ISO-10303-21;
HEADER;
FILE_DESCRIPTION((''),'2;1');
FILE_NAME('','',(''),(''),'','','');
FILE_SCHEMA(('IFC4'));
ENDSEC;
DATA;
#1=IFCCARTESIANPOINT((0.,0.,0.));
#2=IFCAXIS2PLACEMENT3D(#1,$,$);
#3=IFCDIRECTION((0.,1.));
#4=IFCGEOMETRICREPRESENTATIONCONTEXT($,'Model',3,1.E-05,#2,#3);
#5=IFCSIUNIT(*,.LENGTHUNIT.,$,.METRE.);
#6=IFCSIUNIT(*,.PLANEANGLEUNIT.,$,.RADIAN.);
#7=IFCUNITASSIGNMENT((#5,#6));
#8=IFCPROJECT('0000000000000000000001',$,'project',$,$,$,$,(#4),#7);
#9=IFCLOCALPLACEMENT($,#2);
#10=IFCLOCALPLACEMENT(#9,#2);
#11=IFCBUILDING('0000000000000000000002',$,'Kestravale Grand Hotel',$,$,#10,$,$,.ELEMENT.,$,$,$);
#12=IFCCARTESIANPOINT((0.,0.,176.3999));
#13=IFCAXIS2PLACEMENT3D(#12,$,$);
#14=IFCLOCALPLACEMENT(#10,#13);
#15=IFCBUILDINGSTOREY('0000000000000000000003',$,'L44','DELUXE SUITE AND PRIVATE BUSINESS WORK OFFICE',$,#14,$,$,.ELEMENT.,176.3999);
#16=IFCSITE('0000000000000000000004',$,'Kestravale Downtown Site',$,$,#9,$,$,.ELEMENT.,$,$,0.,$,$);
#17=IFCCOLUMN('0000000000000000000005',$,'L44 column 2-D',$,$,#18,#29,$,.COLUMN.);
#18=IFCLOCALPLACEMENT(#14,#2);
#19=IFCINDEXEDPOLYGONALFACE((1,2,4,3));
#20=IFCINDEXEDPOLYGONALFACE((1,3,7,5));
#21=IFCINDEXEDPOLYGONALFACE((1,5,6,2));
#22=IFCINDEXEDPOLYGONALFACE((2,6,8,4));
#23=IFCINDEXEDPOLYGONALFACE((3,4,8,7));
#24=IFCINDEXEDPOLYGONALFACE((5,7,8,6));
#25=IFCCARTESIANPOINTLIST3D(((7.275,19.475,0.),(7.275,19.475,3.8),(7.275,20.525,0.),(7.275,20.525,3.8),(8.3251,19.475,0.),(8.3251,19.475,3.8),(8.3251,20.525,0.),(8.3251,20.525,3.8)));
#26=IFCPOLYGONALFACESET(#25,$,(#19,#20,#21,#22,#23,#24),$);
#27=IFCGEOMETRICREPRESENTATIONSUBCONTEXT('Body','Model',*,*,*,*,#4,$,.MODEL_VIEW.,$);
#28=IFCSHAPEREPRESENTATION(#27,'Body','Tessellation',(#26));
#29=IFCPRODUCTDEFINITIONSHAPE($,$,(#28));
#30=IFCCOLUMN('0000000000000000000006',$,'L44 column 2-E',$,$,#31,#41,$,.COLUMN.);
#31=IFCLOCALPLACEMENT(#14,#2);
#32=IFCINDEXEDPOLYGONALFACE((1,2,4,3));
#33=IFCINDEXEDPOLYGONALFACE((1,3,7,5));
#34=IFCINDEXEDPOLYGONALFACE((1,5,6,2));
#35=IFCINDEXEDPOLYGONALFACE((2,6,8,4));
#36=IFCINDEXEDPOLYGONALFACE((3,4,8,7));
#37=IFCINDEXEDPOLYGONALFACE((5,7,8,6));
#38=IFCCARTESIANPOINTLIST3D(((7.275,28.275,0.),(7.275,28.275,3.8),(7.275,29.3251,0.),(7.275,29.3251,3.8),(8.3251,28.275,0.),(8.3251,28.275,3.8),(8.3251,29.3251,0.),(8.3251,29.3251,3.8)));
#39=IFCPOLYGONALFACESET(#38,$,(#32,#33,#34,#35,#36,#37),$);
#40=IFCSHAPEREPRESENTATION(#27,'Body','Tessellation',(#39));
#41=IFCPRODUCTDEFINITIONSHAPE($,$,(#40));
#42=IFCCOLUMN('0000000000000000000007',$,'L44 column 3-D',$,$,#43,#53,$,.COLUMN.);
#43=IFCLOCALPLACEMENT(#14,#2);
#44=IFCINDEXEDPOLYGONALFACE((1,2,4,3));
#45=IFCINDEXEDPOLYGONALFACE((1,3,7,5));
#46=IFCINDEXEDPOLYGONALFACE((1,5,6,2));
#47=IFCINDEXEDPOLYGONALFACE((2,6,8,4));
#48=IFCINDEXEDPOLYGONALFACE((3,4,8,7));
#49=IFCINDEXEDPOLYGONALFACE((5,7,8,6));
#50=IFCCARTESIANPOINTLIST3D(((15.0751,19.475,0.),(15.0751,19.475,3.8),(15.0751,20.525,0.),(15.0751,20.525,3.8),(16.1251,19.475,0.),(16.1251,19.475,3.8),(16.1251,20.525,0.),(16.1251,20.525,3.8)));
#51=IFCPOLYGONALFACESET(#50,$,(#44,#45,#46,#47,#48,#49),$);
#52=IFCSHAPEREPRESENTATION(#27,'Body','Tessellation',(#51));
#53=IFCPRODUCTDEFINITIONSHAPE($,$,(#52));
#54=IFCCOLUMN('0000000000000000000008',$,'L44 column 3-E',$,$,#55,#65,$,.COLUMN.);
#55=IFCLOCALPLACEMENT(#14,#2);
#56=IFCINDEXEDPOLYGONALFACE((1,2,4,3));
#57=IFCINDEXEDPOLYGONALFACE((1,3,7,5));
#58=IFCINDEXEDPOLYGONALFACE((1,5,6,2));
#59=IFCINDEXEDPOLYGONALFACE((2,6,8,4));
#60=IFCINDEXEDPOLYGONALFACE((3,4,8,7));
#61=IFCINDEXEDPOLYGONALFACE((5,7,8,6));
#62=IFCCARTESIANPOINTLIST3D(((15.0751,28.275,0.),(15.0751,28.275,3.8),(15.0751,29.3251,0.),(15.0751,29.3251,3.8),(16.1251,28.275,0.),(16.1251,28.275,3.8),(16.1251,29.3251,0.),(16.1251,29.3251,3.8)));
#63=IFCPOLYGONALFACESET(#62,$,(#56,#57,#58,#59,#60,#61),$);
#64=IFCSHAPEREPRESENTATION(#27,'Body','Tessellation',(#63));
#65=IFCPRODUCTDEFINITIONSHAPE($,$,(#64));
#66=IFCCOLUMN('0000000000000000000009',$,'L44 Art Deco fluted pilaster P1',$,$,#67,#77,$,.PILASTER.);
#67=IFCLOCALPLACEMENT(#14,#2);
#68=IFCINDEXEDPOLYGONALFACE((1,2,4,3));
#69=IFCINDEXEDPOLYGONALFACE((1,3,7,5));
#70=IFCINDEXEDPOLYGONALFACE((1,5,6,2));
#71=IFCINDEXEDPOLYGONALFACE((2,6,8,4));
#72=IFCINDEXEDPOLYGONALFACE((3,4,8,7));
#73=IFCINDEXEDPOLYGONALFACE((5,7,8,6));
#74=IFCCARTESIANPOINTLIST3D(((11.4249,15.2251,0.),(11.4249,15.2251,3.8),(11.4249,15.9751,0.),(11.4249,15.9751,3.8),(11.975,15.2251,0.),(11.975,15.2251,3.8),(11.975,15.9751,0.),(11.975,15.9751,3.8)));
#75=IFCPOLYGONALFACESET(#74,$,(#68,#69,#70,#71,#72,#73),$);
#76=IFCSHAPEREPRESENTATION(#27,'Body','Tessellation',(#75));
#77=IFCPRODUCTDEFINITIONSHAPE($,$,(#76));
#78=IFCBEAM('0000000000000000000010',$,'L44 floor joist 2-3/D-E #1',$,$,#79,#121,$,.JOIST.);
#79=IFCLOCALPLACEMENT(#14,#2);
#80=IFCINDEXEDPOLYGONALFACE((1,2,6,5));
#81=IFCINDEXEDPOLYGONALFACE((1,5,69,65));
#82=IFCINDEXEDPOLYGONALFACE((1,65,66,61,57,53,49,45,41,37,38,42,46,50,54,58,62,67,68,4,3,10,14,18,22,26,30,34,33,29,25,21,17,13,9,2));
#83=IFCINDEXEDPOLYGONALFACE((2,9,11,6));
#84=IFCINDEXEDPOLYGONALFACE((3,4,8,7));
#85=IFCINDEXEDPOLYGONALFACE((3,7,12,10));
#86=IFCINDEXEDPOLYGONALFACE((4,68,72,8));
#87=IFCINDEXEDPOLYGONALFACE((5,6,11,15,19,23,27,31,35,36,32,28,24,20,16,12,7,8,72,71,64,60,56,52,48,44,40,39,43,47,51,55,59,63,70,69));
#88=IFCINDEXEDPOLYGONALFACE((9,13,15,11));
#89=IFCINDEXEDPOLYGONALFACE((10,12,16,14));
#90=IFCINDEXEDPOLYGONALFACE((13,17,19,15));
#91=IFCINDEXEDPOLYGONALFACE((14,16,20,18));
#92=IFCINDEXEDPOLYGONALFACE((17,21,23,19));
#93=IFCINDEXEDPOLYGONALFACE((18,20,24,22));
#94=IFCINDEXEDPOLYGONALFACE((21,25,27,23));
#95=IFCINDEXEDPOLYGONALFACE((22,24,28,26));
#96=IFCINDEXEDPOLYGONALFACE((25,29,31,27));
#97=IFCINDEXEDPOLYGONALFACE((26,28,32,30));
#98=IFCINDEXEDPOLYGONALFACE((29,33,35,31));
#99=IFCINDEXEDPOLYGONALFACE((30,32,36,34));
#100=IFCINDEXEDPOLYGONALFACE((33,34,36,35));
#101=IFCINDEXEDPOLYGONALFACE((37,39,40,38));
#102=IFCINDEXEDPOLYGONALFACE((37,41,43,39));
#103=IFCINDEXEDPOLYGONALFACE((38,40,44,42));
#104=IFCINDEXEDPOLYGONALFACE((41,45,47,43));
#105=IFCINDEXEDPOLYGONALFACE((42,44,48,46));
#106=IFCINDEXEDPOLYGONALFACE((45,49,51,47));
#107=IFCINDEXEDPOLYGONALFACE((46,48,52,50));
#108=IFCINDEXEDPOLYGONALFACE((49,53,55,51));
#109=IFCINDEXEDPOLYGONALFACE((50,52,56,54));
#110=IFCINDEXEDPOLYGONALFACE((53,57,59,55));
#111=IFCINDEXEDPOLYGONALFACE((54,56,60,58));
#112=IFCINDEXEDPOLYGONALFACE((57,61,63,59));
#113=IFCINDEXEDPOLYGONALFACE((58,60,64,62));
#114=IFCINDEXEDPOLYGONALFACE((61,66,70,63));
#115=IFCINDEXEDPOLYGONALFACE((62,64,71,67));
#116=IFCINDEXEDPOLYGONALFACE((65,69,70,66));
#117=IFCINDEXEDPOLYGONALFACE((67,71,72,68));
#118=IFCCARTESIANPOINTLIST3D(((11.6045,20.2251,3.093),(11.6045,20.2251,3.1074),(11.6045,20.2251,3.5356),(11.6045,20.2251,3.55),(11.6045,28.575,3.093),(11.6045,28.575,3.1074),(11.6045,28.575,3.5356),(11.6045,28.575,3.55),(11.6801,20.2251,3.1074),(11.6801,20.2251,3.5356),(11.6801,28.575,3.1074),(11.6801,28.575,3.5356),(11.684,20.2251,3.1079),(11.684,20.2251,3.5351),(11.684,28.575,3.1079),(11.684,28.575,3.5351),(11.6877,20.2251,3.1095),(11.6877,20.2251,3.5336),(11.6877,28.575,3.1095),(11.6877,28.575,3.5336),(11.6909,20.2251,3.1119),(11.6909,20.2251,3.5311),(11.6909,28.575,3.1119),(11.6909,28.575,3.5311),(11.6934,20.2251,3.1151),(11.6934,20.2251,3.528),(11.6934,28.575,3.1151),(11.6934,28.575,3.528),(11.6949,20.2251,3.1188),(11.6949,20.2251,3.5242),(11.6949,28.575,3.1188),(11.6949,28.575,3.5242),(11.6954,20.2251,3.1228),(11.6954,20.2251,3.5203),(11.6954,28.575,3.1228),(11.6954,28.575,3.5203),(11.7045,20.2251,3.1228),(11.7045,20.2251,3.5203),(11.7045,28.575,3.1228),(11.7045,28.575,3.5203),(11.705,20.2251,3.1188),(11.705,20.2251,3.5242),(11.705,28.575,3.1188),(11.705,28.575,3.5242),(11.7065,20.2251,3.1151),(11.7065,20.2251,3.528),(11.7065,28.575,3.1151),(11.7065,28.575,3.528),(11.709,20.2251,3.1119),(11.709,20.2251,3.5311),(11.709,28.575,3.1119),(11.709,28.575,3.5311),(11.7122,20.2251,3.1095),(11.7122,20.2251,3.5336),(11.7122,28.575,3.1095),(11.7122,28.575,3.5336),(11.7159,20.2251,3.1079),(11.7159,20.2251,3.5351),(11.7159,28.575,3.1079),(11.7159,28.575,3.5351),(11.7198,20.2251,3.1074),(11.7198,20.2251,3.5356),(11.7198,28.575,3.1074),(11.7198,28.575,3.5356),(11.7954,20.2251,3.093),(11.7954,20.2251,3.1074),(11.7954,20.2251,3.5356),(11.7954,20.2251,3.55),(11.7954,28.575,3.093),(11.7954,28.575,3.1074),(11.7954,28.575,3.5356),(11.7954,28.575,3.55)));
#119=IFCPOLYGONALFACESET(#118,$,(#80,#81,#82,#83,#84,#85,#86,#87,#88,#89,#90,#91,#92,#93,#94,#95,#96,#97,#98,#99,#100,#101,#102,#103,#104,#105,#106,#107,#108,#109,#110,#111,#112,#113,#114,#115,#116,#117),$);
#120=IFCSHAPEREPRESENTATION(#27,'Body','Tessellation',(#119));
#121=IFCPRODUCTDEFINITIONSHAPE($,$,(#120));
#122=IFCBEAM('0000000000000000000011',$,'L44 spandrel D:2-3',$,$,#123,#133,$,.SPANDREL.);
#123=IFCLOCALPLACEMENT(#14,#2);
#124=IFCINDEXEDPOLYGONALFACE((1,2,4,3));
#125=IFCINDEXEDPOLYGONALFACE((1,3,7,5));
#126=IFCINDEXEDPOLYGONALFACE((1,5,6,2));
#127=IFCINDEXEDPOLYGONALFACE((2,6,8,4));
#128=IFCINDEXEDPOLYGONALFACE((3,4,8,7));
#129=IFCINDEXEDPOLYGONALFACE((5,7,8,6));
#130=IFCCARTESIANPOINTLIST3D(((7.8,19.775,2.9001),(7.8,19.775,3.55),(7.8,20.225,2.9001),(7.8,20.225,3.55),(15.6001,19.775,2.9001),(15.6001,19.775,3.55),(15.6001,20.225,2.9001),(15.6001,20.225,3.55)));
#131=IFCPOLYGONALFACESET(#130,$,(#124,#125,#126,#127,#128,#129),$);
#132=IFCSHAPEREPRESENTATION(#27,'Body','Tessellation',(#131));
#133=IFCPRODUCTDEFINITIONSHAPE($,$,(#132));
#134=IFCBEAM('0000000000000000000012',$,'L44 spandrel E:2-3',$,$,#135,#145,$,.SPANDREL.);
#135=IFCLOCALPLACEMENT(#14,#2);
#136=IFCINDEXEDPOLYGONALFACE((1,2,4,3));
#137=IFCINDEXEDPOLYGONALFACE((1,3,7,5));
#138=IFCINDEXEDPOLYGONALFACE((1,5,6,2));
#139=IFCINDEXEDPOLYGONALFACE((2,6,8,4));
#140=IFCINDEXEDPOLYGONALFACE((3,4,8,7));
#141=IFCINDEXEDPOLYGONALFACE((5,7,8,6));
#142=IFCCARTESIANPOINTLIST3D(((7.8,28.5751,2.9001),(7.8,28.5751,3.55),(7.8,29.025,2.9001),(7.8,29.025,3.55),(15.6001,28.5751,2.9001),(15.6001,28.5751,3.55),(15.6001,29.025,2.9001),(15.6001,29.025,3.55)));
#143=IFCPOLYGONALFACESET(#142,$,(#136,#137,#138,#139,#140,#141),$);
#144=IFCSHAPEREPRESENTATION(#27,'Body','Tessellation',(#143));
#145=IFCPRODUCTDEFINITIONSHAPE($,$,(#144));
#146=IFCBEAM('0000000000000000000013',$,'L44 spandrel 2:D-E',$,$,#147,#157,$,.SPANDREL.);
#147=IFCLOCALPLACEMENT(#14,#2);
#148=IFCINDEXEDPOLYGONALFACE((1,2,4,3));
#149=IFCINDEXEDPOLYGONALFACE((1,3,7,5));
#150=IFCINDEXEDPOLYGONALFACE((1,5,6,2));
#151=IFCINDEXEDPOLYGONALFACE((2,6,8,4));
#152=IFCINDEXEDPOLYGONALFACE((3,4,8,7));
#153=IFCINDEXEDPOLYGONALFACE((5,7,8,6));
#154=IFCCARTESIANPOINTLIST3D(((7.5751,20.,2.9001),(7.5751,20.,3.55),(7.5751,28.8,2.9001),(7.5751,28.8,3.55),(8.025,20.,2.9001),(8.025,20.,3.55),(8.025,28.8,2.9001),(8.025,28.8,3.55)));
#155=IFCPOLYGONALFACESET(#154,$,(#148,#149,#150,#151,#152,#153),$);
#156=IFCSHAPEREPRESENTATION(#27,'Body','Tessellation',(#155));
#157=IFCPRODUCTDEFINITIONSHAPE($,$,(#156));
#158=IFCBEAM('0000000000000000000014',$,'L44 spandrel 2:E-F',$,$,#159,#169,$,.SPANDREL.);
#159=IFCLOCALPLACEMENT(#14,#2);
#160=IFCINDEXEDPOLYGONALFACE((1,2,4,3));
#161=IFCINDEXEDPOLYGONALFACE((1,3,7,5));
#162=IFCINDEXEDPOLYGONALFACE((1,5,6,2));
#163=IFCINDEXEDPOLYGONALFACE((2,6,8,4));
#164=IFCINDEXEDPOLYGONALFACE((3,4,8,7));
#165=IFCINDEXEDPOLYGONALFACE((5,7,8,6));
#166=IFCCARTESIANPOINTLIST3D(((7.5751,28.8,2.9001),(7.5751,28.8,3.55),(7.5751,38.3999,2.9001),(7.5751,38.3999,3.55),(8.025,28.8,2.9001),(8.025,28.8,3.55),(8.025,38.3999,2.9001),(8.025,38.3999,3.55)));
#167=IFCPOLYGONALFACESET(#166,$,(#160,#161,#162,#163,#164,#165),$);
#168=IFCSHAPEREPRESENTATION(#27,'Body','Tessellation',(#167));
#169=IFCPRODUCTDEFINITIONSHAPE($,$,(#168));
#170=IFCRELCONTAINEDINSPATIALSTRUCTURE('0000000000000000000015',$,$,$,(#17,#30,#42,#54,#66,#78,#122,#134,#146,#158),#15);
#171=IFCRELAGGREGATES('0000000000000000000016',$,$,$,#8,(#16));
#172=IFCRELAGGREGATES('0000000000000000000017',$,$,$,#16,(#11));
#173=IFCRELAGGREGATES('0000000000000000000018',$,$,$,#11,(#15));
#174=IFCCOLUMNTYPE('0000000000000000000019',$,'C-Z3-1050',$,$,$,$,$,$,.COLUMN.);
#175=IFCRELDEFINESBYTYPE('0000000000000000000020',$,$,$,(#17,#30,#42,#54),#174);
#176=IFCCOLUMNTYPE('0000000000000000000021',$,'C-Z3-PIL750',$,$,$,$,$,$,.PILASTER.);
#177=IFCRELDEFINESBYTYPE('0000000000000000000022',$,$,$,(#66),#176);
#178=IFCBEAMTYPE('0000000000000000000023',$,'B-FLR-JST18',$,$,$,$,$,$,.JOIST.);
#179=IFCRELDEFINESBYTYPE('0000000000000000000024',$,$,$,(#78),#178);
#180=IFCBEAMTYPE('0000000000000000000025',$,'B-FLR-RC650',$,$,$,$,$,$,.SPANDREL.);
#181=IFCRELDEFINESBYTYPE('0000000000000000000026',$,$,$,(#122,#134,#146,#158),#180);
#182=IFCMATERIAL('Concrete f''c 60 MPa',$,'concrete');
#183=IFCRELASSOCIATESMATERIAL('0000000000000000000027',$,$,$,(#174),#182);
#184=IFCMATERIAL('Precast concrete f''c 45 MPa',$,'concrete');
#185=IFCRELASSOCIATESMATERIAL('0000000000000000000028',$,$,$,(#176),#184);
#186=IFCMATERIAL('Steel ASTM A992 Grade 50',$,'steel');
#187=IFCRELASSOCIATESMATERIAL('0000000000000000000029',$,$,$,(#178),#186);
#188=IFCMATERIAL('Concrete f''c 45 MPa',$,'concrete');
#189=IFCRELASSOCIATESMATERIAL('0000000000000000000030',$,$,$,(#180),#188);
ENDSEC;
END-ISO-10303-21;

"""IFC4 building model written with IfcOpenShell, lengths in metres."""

from ifc_helpers import new_model, si_unit, direction, frame, origin, origin_2d, place, context, subcontext, project, spatial, rectangle, i_section, extrude, material, material_profile, profile_set, type_object, element, save


model = new_model("IFC4")

# Units and contexts
model_context = context("Model", 3, precision=1e-05, world=origin(), true_north=direction((0.0, 1.0)))
body_context = subcontext(model_context, "Body", "Model", "MODEL_VIEW")
ifc_project = project(units=[si_unit("LENGTHUNIT", "METRE"), si_unit("PLANEANGLEUNIT", "RADIAN")], contexts=[model_context])

# Site, building, storey
site_placement = place(None, origin())
site = spatial("IfcSite", under=ifc_project, at=site_placement, Name="Kestravale Downtown Site", CompositionType="ELEMENT", RefElevation=0.0)
building_placement = place(site_placement, origin())
building = spatial("IfcBuilding", under=site, at=building_placement, Name="Kestravale Grand Hotel", CompositionType="ELEMENT")
storey_placement = place(building_placement, frame((0.0, 0.0, 176.3999)))
storey = spatial("IfcBuildingStorey", under=building, at=storey_placement, Name="L44", Description="DELUXE SUITE AND PRIVATE BUSINESS WORK OFFICE", CompositionType="ELEMENT", Elevation=176.3999)

# Columns
ifc_material_1 = material(Name="Concrete f'c 60 MPa", Category="concrete")
ifc_material_profile_1 = material_profile(ifc_material_1, rectangle(XDim=1.05, YDim=1.05, at=origin_2d()))
ifc_profile_set_1 = profile_set([ifc_material_profile_1], Name="Concrete f'c 60 MPa")
column_type_1 = type_object("IfcColumnType", Name="C-Z3-1050", PredefinedType="COLUMN", material=ifc_profile_set_1)
for number, where, z_axis, x_axis, name in (
    (1, (7.8, 20.0, 0.0), (0.0, 0.0, 1.0), (1.0, 0.0, 0.0), "L44 column 2-D"),
    (2, (7.8, 28.8, 0.0), (0.0, 0.0, 1.0), (1.0, 0.0, 0.0), "L44 column 2-E"),
    (3, (15.6001, 20.0, 0.0), (0.0, 0.0, 1.0), (1.0, 0.0, 0.0), "L44 column 3-D"),
    (4, (15.6001, 28.8, 0.0), (0.0, 0.0, 1.0), (1.0, 0.0, 0.0), "L44 column 3-E"),
):
    element("IfcColumn", number, at=place(storey_placement, frame(where, z_axis=z_axis, x_axis=x_axis)), inside=storey, type_object=column_type_1, Name=name, PredefinedType="COLUMN", context=body_context, shape_type="SweptSolid", body=[
        extrude(rectangle(XDim=1.05, YDim=1.05, at=origin_2d()), origin(), (0.0, 0.0, 1.0), 3.8),
    ])
ifc_material_2 = material(Name="Precast concrete f'c 45 MPa", Category="concrete")
ifc_material_profile_2 = material_profile(ifc_material_2, rectangle(XDim=0.55, YDim=0.75, at=origin_2d()))
ifc_profile_set_2 = profile_set([ifc_material_profile_2], Name="Precast concrete f'c 45 MPa")
column_type_2 = type_object("IfcColumnType", Name="C-Z3-PIL750", PredefinedType="PILASTER", material=ifc_profile_set_2)
column_placement = place(storey_placement, frame((11.7, 15.6001, 0.0), z_axis=(0.0, 0.0, 1.0), x_axis=(1.0, 0.0, 0.0)))
element("IfcColumn", 5, at=column_placement, inside=storey, type_object=column_type_2, Name="L44 Art Deco fluted pilaster P1", PredefinedType="PILASTER", context=body_context, shape_type="SweptSolid", body=[
    extrude(rectangle(XDim=0.55, YDim=0.75, at=origin_2d()), origin(), (0.0, 0.0, 1.0), 3.8),
])

# Beams
ifc_material_3 = material(Name="Steel ASTM A992 Grade 50", Category="steel")
ifc_material_profile_3 = material_profile(ifc_material_3, i_section(OverallWidth=0.1909, OverallDepth=0.457, WebThickness=0.009, FlangeThickness=0.0144, FilletRadius=0.0154, at=origin_2d()))
ifc_profile_set_3 = profile_set([ifc_material_profile_3], Name="Steel ASTM A992 Grade 50")
beam_type_1 = type_object("IfcBeamType", Name="B-FLR-JST18", PredefinedType="JOIST", material=ifc_profile_set_3)
beam_1_placement = place(storey_placement, frame((11.7, 20.2251, 3.3215), z_axis=(0.0, 1.0, 0.0), x_axis=(-1.0, 0.0, 0.0)))
element("IfcBeam", 6, at=beam_1_placement, inside=storey, type_object=beam_type_1, Name="L44 floor joist 2-3/D-E #1", PredefinedType="JOIST", context=body_context, shape_type="SweptSolid", body=[
    extrude(i_section(OverallWidth=0.1909, OverallDepth=0.457, WebThickness=0.009, FlangeThickness=0.0144, FilletRadius=0.0154, at=origin_2d()), origin(), (0.0, 0.0, 1.0), 8.3499),
])
ifc_material_4 = material(Name="Concrete f'c 45 MPa", Category="concrete")
ifc_material_profile_4 = material_profile(ifc_material_4, rectangle(XDim=0.45, YDim=0.6499, at=origin_2d()))
ifc_profile_set_4 = profile_set([ifc_material_profile_4], Name="Concrete f'c 45 MPa")
beam_type_2 = type_object("IfcBeamType", Name="B-FLR-RC650", PredefinedType="SPANDREL", material=ifc_profile_set_4)
for number, where, z_axis, x_axis, name in (
    (7, (7.8, 20.0, 3.2251), (1.0, 0.0, 0.0), (0.0, 1.0, 0.0), "L44 spandrel D:2-3"),
    (8, (7.8, 28.8, 3.2251), (1.0, 0.0, 0.0), (0.0, 1.0, 0.0), "L44 spandrel E:2-3"),
):
    element("IfcBeam", number, at=place(storey_placement, frame(where, z_axis=z_axis, x_axis=x_axis)), inside=storey, type_object=beam_type_2, Name=name, PredefinedType="SPANDREL", context=body_context, shape_type="SweptSolid", body=[
        extrude(rectangle(XDim=0.45, YDim=0.6499, at=origin_2d()), origin(), (0.0, 0.0, 1.0), 7.8),
    ])
beam_2_placement = place(storey_placement, frame((7.8, 20.0, 3.2251), z_axis=(0.0, 1.0, 0.0), x_axis=(-1.0, 0.0, 0.0)))
element("IfcBeam", 9, at=beam_2_placement, inside=storey, type_object=beam_type_2, Name="L44 spandrel 2:D-E", PredefinedType="SPANDREL", context=body_context, shape_type="SweptSolid", body=[
    extrude(rectangle(XDim=0.45, YDim=0.6499, at=origin_2d()), origin(), (0.0, 0.0, 1.0), 8.8),
])
beam_3_placement = place(storey_placement, frame((7.8, 28.8, 3.2251), z_axis=(0.0, 1.0, 0.0), x_axis=(-1.0, 0.0, 0.0)))
element("IfcBeam", 10, at=beam_3_placement, inside=storey, type_object=beam_type_2, Name="L44 spandrel 2:E-F", PredefinedType="SPANDREL", context=body_context, shape_type="SweptSolid", body=[
    extrude(rectangle(XDim=0.45, YDim=0.6499, at=origin_2d()), origin(), (0.0, 0.0, 1.0), 9.5999),
])

save(model, "model.ifc")
